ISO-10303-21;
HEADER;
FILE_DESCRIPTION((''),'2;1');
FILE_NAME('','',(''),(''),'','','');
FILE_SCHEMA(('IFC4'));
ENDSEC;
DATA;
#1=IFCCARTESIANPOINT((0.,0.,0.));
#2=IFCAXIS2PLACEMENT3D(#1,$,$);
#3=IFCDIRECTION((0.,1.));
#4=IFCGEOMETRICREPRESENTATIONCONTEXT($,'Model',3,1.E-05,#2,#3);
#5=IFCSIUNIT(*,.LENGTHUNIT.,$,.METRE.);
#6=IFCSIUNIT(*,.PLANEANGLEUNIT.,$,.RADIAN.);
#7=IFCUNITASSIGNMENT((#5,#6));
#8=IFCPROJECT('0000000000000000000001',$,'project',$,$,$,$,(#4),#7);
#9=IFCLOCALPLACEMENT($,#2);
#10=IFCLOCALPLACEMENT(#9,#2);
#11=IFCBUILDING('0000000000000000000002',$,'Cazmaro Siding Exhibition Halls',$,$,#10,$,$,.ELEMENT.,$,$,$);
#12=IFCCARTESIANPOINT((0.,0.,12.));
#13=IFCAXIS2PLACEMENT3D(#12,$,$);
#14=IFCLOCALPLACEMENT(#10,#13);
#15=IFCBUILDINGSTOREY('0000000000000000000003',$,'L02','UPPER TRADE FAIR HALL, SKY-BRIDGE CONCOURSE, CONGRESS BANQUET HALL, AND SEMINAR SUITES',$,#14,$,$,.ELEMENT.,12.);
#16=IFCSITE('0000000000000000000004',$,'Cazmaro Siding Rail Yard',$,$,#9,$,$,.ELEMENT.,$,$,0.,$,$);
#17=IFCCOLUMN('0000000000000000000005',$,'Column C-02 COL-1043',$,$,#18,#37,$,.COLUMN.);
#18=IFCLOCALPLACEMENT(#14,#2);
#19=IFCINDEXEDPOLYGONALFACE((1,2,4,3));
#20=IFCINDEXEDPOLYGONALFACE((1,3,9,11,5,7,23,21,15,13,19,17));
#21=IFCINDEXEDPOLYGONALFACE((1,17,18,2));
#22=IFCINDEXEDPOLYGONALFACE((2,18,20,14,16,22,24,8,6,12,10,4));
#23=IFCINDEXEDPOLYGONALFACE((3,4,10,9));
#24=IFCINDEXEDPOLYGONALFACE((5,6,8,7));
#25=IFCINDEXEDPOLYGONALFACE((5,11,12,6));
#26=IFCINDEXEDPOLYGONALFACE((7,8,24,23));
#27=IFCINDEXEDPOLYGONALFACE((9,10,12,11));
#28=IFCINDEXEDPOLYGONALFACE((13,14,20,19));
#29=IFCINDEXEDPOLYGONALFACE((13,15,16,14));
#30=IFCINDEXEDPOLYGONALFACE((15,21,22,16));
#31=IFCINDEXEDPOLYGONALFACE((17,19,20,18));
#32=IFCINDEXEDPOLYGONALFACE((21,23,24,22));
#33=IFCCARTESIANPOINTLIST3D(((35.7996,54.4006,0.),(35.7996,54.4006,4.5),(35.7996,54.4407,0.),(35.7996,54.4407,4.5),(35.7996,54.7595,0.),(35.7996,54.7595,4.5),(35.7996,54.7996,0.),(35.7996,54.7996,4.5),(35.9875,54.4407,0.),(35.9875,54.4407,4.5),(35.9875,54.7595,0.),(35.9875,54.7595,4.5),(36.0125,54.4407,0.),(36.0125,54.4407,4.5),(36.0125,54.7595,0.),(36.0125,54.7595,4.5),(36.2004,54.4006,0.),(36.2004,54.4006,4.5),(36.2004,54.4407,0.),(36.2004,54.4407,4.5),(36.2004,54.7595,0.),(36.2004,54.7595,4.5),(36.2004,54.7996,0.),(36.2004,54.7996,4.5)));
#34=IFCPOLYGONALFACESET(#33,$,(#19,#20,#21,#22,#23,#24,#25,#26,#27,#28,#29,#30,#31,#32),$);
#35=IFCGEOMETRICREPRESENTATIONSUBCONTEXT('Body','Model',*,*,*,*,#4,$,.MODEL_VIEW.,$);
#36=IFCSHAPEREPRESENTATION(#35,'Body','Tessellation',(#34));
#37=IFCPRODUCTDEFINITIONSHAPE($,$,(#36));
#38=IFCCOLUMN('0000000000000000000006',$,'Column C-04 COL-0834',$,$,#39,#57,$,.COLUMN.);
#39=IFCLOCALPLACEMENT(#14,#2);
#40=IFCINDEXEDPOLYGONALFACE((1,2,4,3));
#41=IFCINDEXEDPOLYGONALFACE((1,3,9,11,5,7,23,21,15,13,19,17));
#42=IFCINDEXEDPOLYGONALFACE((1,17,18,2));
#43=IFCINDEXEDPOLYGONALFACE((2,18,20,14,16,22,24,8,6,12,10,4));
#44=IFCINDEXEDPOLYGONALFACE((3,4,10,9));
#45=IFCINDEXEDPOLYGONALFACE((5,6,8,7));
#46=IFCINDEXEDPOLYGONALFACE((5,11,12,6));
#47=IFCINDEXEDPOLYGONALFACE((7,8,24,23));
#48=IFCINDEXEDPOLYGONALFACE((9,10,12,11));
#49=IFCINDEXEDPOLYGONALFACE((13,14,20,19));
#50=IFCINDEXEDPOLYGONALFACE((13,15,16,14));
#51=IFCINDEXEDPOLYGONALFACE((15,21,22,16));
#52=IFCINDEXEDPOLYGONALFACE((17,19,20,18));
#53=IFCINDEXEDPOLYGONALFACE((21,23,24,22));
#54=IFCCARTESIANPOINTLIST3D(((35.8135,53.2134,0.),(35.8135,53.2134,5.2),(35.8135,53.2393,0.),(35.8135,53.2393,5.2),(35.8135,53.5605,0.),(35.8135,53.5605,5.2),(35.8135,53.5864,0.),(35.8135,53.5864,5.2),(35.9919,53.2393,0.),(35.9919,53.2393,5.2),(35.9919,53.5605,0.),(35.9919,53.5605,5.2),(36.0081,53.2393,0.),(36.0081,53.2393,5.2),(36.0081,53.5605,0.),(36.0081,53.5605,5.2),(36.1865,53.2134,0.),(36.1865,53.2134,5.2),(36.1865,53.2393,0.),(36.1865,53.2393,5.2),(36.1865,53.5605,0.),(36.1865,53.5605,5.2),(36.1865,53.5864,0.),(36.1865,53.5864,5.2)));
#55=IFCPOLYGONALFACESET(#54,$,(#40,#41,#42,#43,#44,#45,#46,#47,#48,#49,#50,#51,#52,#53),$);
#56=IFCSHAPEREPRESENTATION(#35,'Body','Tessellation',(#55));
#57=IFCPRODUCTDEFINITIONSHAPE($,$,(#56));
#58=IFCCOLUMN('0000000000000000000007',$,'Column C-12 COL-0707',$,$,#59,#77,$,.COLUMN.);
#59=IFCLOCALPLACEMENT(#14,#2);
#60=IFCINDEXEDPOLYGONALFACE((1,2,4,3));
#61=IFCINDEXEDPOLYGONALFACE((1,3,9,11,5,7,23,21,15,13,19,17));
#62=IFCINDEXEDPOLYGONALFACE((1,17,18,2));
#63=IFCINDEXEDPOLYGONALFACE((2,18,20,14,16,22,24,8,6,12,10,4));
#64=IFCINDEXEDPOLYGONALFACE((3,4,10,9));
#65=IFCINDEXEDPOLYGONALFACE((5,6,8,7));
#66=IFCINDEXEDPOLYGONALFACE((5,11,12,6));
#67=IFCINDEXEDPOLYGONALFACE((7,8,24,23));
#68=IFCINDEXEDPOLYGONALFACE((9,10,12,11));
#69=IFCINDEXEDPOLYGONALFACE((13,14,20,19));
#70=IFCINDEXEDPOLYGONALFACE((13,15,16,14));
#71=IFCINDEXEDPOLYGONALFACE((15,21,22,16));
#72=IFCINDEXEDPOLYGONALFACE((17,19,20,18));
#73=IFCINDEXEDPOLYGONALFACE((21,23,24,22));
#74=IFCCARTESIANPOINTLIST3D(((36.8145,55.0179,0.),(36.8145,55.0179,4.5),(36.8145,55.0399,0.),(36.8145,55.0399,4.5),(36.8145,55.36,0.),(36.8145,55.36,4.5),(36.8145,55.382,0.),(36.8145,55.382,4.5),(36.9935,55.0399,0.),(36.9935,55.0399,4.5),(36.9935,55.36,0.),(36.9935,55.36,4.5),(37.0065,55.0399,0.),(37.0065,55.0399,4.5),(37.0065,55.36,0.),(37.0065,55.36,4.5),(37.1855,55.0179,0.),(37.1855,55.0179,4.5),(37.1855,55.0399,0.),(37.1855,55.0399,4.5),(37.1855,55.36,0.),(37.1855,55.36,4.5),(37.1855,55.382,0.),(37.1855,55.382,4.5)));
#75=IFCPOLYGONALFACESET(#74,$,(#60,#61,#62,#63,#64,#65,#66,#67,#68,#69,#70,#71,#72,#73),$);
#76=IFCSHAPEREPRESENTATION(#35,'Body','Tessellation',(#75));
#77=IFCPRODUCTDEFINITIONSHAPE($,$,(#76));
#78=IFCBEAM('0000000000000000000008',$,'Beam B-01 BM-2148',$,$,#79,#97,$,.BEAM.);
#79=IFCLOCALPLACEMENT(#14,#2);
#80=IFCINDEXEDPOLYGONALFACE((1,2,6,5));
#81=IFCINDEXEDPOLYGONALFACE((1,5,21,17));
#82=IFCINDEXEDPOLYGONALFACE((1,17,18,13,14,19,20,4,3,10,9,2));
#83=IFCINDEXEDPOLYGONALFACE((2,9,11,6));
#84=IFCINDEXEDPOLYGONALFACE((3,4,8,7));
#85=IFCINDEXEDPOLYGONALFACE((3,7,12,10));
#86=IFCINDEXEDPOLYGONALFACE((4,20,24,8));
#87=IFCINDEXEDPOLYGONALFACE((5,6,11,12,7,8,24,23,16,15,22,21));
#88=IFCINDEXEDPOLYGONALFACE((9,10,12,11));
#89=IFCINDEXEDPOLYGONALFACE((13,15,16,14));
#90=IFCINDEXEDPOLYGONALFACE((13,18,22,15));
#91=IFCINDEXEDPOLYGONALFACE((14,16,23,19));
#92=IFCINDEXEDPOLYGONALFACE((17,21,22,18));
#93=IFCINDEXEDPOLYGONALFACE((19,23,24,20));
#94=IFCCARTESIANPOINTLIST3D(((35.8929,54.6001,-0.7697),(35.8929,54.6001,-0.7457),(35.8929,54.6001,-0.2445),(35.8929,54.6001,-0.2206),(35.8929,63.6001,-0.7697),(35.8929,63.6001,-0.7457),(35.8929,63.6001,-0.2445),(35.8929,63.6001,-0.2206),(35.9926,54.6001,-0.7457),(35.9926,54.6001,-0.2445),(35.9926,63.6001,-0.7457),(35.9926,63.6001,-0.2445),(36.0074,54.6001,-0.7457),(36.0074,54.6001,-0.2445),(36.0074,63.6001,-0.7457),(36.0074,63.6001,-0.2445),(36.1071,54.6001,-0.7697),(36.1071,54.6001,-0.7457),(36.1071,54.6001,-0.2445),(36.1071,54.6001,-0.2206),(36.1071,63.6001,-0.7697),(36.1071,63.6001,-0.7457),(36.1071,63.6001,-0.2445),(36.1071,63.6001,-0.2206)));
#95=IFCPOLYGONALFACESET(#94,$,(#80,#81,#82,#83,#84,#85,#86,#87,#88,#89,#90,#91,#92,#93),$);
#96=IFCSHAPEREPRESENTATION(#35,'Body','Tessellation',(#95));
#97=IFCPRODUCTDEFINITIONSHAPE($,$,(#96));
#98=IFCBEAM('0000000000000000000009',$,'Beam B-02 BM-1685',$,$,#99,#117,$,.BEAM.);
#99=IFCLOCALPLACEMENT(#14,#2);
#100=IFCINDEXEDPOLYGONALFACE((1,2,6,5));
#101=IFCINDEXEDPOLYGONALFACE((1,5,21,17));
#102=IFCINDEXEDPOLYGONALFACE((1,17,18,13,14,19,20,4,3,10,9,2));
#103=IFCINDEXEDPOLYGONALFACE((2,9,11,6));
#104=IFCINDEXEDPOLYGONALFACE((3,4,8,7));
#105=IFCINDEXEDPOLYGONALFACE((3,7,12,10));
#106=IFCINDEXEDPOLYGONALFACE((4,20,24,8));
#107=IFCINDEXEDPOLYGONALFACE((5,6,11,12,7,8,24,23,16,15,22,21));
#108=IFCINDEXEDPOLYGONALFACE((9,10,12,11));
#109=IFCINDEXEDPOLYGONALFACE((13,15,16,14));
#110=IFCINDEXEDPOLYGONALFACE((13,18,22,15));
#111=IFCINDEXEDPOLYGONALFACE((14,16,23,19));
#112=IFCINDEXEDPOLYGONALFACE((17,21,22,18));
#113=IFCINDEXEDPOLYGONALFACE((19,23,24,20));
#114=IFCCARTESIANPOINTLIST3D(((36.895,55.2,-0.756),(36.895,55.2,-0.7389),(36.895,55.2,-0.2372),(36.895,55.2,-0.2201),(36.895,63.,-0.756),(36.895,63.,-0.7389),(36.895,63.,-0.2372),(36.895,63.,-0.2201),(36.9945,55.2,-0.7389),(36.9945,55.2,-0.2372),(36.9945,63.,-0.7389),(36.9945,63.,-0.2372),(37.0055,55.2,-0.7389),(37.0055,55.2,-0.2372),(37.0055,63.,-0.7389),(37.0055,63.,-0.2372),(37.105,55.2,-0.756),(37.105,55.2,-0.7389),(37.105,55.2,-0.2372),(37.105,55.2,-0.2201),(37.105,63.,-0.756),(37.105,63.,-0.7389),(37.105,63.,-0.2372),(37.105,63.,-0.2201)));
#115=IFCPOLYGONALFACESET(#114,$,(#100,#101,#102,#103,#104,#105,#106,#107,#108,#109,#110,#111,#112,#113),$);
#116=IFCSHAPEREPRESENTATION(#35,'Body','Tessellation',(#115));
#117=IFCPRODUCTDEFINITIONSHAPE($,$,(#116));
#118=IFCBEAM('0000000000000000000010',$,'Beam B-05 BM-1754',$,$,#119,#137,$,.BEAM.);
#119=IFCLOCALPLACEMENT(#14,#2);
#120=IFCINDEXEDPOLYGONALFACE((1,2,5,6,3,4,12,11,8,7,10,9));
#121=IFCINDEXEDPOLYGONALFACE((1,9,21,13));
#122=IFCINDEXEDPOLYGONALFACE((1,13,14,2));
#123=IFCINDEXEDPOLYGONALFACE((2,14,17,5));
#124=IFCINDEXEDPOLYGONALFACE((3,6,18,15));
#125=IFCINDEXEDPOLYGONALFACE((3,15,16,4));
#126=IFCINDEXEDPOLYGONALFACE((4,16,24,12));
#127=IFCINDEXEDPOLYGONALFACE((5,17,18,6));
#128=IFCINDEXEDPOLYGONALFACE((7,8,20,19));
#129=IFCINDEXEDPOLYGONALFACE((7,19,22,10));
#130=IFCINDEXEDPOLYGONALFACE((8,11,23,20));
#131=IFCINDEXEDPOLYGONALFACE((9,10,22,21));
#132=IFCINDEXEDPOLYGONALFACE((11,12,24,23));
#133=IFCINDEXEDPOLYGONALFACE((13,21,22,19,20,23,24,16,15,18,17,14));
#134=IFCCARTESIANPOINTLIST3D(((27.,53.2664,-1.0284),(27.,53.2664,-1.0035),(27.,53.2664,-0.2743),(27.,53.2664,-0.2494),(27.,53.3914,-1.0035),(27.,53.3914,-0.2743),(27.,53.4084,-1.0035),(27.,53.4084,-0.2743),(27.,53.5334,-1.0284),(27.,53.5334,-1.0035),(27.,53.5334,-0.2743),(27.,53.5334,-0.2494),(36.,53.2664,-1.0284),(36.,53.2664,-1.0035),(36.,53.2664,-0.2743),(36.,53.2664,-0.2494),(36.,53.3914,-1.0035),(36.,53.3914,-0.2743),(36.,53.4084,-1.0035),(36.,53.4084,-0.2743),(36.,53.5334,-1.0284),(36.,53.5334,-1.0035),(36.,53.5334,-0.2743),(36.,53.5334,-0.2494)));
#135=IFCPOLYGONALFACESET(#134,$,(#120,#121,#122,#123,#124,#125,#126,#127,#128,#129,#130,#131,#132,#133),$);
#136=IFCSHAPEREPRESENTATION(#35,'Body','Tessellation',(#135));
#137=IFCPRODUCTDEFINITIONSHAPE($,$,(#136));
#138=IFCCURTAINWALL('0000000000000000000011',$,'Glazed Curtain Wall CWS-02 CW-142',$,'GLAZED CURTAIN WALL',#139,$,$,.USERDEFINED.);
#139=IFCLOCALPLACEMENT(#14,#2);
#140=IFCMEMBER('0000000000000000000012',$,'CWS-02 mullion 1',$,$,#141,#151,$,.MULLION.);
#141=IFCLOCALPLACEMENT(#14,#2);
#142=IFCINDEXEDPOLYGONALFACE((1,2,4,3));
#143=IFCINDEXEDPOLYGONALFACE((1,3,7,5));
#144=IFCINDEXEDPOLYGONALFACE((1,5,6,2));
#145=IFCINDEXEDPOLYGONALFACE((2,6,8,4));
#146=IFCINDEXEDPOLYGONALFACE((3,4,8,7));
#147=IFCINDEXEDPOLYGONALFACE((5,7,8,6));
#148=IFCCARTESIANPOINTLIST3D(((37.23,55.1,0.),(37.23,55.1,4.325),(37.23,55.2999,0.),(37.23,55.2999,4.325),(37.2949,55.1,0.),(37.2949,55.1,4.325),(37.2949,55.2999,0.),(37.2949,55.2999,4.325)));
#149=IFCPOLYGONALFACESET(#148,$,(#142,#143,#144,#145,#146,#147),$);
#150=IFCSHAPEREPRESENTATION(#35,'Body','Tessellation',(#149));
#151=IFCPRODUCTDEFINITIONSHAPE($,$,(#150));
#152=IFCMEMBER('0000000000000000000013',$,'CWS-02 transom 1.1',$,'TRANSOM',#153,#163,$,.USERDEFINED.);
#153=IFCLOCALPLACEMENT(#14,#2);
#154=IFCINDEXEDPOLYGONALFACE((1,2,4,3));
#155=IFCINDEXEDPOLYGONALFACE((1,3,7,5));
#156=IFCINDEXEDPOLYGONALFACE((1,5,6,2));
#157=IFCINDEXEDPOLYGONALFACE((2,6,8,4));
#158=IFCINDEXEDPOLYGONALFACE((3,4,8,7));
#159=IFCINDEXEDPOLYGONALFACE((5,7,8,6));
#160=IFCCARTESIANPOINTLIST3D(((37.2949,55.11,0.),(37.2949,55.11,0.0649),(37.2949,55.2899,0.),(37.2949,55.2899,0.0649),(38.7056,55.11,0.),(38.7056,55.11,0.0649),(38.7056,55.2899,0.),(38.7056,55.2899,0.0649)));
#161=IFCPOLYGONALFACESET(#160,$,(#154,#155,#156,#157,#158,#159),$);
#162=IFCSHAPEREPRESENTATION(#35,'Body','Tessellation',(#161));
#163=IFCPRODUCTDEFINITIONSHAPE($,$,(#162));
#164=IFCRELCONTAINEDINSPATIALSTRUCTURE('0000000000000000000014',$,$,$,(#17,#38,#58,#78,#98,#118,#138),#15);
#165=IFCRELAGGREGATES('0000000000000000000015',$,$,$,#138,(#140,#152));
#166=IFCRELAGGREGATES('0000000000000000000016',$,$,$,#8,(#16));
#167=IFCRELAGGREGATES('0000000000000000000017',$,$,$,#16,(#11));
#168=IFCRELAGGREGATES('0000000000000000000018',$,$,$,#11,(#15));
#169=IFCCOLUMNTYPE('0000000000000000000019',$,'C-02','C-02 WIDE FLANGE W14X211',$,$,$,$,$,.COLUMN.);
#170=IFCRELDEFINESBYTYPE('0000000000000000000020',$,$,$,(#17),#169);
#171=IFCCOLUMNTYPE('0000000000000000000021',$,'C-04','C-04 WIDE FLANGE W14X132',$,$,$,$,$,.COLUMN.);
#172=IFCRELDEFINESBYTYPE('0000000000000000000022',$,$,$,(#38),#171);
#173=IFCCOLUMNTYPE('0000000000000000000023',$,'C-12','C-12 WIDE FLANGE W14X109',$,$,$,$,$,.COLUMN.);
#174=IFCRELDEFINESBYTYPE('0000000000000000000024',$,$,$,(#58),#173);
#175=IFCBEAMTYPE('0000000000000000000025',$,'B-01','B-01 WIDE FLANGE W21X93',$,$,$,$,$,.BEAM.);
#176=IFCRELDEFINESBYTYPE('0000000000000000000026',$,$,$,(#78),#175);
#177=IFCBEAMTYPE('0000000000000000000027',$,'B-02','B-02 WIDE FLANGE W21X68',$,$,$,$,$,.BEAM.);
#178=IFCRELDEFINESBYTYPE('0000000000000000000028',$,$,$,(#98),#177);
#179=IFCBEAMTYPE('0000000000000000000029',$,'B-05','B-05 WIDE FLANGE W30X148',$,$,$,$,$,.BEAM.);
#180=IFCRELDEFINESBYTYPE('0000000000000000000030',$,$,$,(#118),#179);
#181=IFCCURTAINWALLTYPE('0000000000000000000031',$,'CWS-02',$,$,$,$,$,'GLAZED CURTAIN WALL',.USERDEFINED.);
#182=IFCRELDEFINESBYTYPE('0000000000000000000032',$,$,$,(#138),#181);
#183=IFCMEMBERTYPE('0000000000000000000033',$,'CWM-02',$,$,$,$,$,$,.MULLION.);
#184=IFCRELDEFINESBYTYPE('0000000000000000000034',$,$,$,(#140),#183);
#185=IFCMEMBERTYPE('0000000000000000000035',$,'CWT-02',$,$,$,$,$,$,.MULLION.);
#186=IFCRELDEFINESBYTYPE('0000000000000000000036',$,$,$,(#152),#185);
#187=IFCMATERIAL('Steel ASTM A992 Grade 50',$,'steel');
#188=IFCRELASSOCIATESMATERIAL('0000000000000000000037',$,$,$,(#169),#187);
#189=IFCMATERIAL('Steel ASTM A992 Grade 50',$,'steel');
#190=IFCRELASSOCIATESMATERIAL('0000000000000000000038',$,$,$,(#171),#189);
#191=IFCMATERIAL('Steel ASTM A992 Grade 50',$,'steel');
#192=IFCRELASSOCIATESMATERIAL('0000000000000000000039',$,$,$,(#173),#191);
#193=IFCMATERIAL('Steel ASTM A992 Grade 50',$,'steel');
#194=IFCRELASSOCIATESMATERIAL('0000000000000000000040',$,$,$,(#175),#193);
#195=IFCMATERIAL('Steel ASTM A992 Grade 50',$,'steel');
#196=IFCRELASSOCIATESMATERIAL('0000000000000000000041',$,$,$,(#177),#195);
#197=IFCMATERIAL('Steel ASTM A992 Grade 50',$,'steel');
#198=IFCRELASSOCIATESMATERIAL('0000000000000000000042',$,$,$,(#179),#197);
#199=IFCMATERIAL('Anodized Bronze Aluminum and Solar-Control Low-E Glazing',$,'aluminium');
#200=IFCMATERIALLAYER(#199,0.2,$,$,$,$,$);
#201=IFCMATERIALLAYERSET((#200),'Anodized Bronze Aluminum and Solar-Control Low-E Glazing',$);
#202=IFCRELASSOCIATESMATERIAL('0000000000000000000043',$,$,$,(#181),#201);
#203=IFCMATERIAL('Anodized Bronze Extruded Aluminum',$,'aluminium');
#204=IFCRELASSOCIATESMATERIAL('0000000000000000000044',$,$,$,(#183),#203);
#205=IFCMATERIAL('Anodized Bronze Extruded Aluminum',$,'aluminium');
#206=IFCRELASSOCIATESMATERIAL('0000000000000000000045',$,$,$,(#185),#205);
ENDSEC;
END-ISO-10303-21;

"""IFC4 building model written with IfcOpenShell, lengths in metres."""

from ifc_helpers import new_model, si_unit, direction, frame, origin, origin_2d, place, context, subcontext, project, spatial, rectangle, i_section, extrude, material, layer, layer_set, material_profile, profile_set, type_object, element, aggregate, save


model = new_model("IFC4")

# Units and contexts
model_context = context("Model", 3, precision=1e-05, world=origin(), true_north=direction((0.0, 1.0)))
body_context = subcontext(model_context, "Body", "Model", "MODEL_VIEW")
ifc_project = project(units=[si_unit("LENGTHUNIT", "METRE"), si_unit("PLANEANGLEUNIT", "RADIAN")], contexts=[model_context])

# Site, building, storey
site_placement = place(None, origin())
site = spatial("IfcSite", under=ifc_project, at=site_placement, Name="Cazmaro Siding Rail Yard", CompositionType="ELEMENT", RefElevation=0.0)
building_placement = place(site_placement, origin())
building = spatial("IfcBuilding", under=site, at=building_placement, Name="Cazmaro Siding Exhibition Halls", CompositionType="ELEMENT")
storey_placement = place(building_placement, frame((0.0, 0.0, 12.0)))
storey = spatial("IfcBuildingStorey", under=building, at=storey_placement, Name="L02", Description="UPPER TRADE FAIR HALL, SKY-BRIDGE CONCOURSE, CONGRESS BANQUET HALL, AND SEMINAR SUITES", CompositionType="ELEMENT", Elevation=12.0)

# Columns
ifc_material_1 = material(Name="Steel ASTM A992 Grade 50", Category="steel")
ifc_material_profile_1 = material_profile(ifc_material_1, i_section(OverallWidth=0.4009, OverallDepth=0.3989, WebThickness=0.0249, FlangeThickness=0.04, at=origin_2d()), Name="W14X211")
ifc_profile_set_1 = profile_set([ifc_material_profile_1], Name="Steel ASTM A992 Grade 50")
column_type_1 = type_object("IfcColumnType", Name="C-02", Description="C-02 WIDE FLANGE W14X211", PredefinedType="COLUMN", material=ifc_profile_set_1)
column_1_placement = place(storey_placement, frame((36.0, 54.6001, 0.0), z_axis=(0.0, 0.0, 1.0), x_axis=(1.0, 0.0, 0.0)))
element("IfcColumn", 1, at=column_1_placement, inside=storey, type_object=column_type_1, Name="Column C-02 COL-1043", PredefinedType="COLUMN", context=body_context, shape_type="SweptSolid", body=[
    extrude(i_section(OverallWidth=0.4009, OverallDepth=0.3989, WebThickness=0.0249, FlangeThickness=0.04, at=origin_2d()), origin(), (0.0, 0.0, 1.0), 4.5),
])
ifc_material_2 = material(Name="Steel ASTM A992 Grade 50", Category="steel")
ifc_material_profile_2 = material_profile(ifc_material_2, i_section(OverallWidth=0.373, OverallDepth=0.373, WebThickness=0.0161, FlangeThickness=0.0259, at=origin_2d()), Name="W14X132")
ifc_profile_set_2 = profile_set([ifc_material_profile_2], Name="Steel ASTM A992 Grade 50")
column_type_2 = type_object("IfcColumnType", Name="C-04", Description="C-04 WIDE FLANGE W14X132", PredefinedType="COLUMN", material=ifc_profile_set_2)
column_2_placement = place(storey_placement, frame((36.0, 53.3999, 0.0), z_axis=(0.0, 0.0, 1.0), x_axis=(1.0, 0.0, 0.0)))
element("IfcColumn", 2, at=column_2_placement, inside=storey, type_object=column_type_2, Name="Column C-04 COL-0834", PredefinedType="COLUMN", context=body_context, shape_type="SweptSolid", body=[
    extrude(i_section(OverallWidth=0.373, OverallDepth=0.373, WebThickness=0.0161, FlangeThickness=0.0259, at=origin_2d()), origin(), (0.0, 0.0, 1.0), 5.2),
])
ifc_material_3 = material(Name="Steel ASTM A992 Grade 50", Category="steel")
ifc_material_profile_3 = material_profile(ifc_material_3, i_section(OverallWidth=0.3711, OverallDepth=0.364, WebThickness=0.0129, FlangeThickness=0.022, at=origin_2d()), Name="W14X109")
ifc_profile_set_3 = profile_set([ifc_material_profile_3], Name="Steel ASTM A992 Grade 50")
column_type_3 = type_object("IfcColumnType", Name="C-12", Description="C-12 WIDE FLANGE W14X109", PredefinedType="COLUMN", material=ifc_profile_set_3)
column_3_placement = place(storey_placement, frame((37.0, 55.2, 0.0), z_axis=(0.0, 0.0, 1.0), x_axis=(1.0, 0.0, 0.0)))
element("IfcColumn", 3, at=column_3_placement, inside=storey, type_object=column_type_3, Name="Column C-12 COL-0707", PredefinedType="COLUMN", context=body_context, shape_type="SweptSolid", body=[
    extrude(i_section(OverallWidth=0.3711, OverallDepth=0.364, WebThickness=0.0129, FlangeThickness=0.022, at=origin_2d()), origin(), (0.0, 0.0, 1.0), 4.5),
])

# Beams
ifc_material_4 = material(Name="Steel ASTM A992 Grade 50", Category="steel")
ifc_material_profile_4 = material_profile(ifc_material_4, i_section(OverallWidth=0.2141, OverallDepth=0.5491, WebThickness=0.0149, FlangeThickness=0.0239, at=origin_2d()), Name="W21X93")
ifc_profile_set_4 = profile_set([ifc_material_profile_4], Name="Steel ASTM A992 Grade 50")
beam_type_1 = type_object("IfcBeamType", Name="B-01", Description="B-01 WIDE FLANGE W21X93", PredefinedType="BEAM", material=ifc_profile_set_4)
beam_1_placement = place(storey_placement, frame((36.0, 54.6001, -0.4951), z_axis=(0.0, 1.0, 0.0), x_axis=(-1.0, 0.0, 0.0)))
element("IfcBeam", 4, at=beam_1_placement, inside=storey, type_object=beam_type_1, Name="Beam B-01 BM-2148", PredefinedType="BEAM", context=body_context, shape_type="SweptSolid", body=[
    extrude(i_section(OverallWidth=0.2141, OverallDepth=0.5491, WebThickness=0.0149, FlangeThickness=0.0239, at=origin_2d()), origin(), (0.0, 0.0, 1.0), 9.0),
])
ifc_material_5 = material(Name="Steel ASTM A992 Grade 50", Category="steel")
ifc_material_profile_5 = material_profile(ifc_material_5, i_section(OverallWidth=0.21, OverallDepth=0.5359, WebThickness=0.011, FlangeThickness=0.0171, at=origin_2d()), Name="W21X68")
ifc_profile_set_5 = profile_set([ifc_material_profile_5], Name="Steel ASTM A992 Grade 50")
beam_type_2 = type_object("IfcBeamType", Name="B-02", Description="B-02 WIDE FLANGE W21X68", PredefinedType="BEAM", material=ifc_profile_set_5)
beam_2_placement = place(storey_placement, frame((37.0, 55.2, -0.488), z_axis=(0.0, 1.0, 0.0), x_axis=(-1.0, 0.0, 0.0)))
element("IfcBeam", 5, at=beam_2_placement, inside=storey, type_object=beam_type_2, Name="Beam B-02 BM-1685", PredefinedType="BEAM", context=body_context, shape_type="SweptSolid", body=[
    extrude(i_section(OverallWidth=0.21, OverallDepth=0.5359, WebThickness=0.011, FlangeThickness=0.0171, at=origin_2d()), origin(), (0.0, 0.0, 1.0), 7.8),
])
ifc_material_6 = material(Name="Steel ASTM A992 Grade 50", Category="steel")
ifc_material_profile_6 = material_profile(ifc_material_6, i_section(OverallWidth=0.2671, OverallDepth=0.7791, WebThickness=0.0171, FlangeThickness=0.0249, at=origin_2d()), Name="W30X148")
ifc_profile_set_6 = profile_set([ifc_material_profile_6], Name="Steel ASTM A992 Grade 50")
beam_type_3 = type_object("IfcBeamType", Name="B-05", Description="B-05 WIDE FLANGE W30X148", PredefinedType="BEAM", material=ifc_profile_set_6)
beam_3_placement = place(storey_placement, frame((36.0, 53.3999, -0.6389), z_axis=(-1.0, 0.0, 0.0), x_axis=(0.0, -1.0, 0.0)))
element("IfcBeam", 6, at=beam_3_placement, inside=storey, type_object=beam_type_3, Name="Beam B-05 BM-1754", PredefinedType="BEAM", context=body_context, shape_type="SweptSolid", body=[
    extrude(i_section(OverallWidth=0.2671, OverallDepth=0.7791, WebThickness=0.0171, FlangeThickness=0.0249, at=origin_2d()), origin(), (0.0, 0.0, 1.0), 9.0),
])

# Curtain wall, members
ifc_material_7 = material(Name="Anodized Bronze Aluminum and Solar-Control Low-E Glazing", Category="aluminium")
ifc_layer_1 = layer(ifc_material_7, 0.2)
ifc_layer_set_1 = layer_set([ifc_layer_1], Name="Anodized Bronze Aluminum and Solar-Control Low-E Glazing")
curtain_wall_type = type_object("IfcCurtainWallType", Name="CWS-02", ElementType="GLAZED CURTAIN WALL", PredefinedType="USERDEFINED", material=ifc_layer_set_1)
curtain_wall_placement = place(storey_placement, origin())
curtain_wall = element("IfcCurtainWall", 7, at=curtain_wall_placement, inside=storey, type_object=curtain_wall_type, Name="Glazed Curtain Wall CWS-02 CW-142", ObjectType="GLAZED CURTAIN WALL", PredefinedType="USERDEFINED")
ifc_material_8 = material(Name="Anodized Bronze Extruded Aluminum", Category="aluminium")
ifc_material_profile_7 = material_profile(ifc_material_8, rectangle(XDim=0.2, YDim=0.0649, at=origin_2d()), Name="CWM-02")
ifc_profile_set_7 = profile_set([ifc_material_profile_7], Name="Anodized Bronze Extruded Aluminum")
member_type_1 = type_object("IfcMemberType", Name="CWM-02", PredefinedType="MULLION", material=ifc_profile_set_7)
member_1_placement = place(storey_placement, frame((37.2625, 55.2, 0.0), z_axis=(0.0, 0.0, 1.0), x_axis=(0.0, 1.0, 0.0)))
member_1 = element("IfcMember", 8, at=member_1_placement, type_object=member_type_1, Name="CWS-02 mullion 1", PredefinedType="MULLION", context=body_context, shape_type="SweptSolid", body=[
    extrude(rectangle(XDim=0.2, YDim=0.0649, at=origin_2d()), origin(), (0.0, 0.0, 1.0), 4.325),
])
ifc_material_9 = material(Name="Anodized Bronze Extruded Aluminum", Category="aluminium")
ifc_material_profile_8 = material_profile(ifc_material_9, rectangle(XDim=0.1799, YDim=0.0649, at=origin_2d()), Name="CWT-02")
ifc_profile_set_8 = profile_set([ifc_material_profile_8], Name="Anodized Bronze Extruded Aluminum")
member_type_2 = type_object("IfcMemberType", Name="CWT-02", PredefinedType="MULLION", material=ifc_profile_set_8)
member_2_placement = place(storey_placement, frame((37.2949, 55.2, 0.0325), z_axis=(1.0, 0.0, 0.0), x_axis=(0.0, 1.0, 0.0)))
member_2 = element("IfcMember", 9, at=member_2_placement, type_object=member_type_2, Name="CWS-02 transom 1.1", ObjectType="TRANSOM", PredefinedType="USERDEFINED", context=body_context, shape_type="SweptSolid", body=[
    extrude(rectangle(XDim=0.1799, YDim=0.0649, at=origin_2d()), origin(), (0.0, 0.0, 1.0), 1.4106),
])
aggregate(curtain_wall, [member_1, member_2])

save(model, "model.ifc")
